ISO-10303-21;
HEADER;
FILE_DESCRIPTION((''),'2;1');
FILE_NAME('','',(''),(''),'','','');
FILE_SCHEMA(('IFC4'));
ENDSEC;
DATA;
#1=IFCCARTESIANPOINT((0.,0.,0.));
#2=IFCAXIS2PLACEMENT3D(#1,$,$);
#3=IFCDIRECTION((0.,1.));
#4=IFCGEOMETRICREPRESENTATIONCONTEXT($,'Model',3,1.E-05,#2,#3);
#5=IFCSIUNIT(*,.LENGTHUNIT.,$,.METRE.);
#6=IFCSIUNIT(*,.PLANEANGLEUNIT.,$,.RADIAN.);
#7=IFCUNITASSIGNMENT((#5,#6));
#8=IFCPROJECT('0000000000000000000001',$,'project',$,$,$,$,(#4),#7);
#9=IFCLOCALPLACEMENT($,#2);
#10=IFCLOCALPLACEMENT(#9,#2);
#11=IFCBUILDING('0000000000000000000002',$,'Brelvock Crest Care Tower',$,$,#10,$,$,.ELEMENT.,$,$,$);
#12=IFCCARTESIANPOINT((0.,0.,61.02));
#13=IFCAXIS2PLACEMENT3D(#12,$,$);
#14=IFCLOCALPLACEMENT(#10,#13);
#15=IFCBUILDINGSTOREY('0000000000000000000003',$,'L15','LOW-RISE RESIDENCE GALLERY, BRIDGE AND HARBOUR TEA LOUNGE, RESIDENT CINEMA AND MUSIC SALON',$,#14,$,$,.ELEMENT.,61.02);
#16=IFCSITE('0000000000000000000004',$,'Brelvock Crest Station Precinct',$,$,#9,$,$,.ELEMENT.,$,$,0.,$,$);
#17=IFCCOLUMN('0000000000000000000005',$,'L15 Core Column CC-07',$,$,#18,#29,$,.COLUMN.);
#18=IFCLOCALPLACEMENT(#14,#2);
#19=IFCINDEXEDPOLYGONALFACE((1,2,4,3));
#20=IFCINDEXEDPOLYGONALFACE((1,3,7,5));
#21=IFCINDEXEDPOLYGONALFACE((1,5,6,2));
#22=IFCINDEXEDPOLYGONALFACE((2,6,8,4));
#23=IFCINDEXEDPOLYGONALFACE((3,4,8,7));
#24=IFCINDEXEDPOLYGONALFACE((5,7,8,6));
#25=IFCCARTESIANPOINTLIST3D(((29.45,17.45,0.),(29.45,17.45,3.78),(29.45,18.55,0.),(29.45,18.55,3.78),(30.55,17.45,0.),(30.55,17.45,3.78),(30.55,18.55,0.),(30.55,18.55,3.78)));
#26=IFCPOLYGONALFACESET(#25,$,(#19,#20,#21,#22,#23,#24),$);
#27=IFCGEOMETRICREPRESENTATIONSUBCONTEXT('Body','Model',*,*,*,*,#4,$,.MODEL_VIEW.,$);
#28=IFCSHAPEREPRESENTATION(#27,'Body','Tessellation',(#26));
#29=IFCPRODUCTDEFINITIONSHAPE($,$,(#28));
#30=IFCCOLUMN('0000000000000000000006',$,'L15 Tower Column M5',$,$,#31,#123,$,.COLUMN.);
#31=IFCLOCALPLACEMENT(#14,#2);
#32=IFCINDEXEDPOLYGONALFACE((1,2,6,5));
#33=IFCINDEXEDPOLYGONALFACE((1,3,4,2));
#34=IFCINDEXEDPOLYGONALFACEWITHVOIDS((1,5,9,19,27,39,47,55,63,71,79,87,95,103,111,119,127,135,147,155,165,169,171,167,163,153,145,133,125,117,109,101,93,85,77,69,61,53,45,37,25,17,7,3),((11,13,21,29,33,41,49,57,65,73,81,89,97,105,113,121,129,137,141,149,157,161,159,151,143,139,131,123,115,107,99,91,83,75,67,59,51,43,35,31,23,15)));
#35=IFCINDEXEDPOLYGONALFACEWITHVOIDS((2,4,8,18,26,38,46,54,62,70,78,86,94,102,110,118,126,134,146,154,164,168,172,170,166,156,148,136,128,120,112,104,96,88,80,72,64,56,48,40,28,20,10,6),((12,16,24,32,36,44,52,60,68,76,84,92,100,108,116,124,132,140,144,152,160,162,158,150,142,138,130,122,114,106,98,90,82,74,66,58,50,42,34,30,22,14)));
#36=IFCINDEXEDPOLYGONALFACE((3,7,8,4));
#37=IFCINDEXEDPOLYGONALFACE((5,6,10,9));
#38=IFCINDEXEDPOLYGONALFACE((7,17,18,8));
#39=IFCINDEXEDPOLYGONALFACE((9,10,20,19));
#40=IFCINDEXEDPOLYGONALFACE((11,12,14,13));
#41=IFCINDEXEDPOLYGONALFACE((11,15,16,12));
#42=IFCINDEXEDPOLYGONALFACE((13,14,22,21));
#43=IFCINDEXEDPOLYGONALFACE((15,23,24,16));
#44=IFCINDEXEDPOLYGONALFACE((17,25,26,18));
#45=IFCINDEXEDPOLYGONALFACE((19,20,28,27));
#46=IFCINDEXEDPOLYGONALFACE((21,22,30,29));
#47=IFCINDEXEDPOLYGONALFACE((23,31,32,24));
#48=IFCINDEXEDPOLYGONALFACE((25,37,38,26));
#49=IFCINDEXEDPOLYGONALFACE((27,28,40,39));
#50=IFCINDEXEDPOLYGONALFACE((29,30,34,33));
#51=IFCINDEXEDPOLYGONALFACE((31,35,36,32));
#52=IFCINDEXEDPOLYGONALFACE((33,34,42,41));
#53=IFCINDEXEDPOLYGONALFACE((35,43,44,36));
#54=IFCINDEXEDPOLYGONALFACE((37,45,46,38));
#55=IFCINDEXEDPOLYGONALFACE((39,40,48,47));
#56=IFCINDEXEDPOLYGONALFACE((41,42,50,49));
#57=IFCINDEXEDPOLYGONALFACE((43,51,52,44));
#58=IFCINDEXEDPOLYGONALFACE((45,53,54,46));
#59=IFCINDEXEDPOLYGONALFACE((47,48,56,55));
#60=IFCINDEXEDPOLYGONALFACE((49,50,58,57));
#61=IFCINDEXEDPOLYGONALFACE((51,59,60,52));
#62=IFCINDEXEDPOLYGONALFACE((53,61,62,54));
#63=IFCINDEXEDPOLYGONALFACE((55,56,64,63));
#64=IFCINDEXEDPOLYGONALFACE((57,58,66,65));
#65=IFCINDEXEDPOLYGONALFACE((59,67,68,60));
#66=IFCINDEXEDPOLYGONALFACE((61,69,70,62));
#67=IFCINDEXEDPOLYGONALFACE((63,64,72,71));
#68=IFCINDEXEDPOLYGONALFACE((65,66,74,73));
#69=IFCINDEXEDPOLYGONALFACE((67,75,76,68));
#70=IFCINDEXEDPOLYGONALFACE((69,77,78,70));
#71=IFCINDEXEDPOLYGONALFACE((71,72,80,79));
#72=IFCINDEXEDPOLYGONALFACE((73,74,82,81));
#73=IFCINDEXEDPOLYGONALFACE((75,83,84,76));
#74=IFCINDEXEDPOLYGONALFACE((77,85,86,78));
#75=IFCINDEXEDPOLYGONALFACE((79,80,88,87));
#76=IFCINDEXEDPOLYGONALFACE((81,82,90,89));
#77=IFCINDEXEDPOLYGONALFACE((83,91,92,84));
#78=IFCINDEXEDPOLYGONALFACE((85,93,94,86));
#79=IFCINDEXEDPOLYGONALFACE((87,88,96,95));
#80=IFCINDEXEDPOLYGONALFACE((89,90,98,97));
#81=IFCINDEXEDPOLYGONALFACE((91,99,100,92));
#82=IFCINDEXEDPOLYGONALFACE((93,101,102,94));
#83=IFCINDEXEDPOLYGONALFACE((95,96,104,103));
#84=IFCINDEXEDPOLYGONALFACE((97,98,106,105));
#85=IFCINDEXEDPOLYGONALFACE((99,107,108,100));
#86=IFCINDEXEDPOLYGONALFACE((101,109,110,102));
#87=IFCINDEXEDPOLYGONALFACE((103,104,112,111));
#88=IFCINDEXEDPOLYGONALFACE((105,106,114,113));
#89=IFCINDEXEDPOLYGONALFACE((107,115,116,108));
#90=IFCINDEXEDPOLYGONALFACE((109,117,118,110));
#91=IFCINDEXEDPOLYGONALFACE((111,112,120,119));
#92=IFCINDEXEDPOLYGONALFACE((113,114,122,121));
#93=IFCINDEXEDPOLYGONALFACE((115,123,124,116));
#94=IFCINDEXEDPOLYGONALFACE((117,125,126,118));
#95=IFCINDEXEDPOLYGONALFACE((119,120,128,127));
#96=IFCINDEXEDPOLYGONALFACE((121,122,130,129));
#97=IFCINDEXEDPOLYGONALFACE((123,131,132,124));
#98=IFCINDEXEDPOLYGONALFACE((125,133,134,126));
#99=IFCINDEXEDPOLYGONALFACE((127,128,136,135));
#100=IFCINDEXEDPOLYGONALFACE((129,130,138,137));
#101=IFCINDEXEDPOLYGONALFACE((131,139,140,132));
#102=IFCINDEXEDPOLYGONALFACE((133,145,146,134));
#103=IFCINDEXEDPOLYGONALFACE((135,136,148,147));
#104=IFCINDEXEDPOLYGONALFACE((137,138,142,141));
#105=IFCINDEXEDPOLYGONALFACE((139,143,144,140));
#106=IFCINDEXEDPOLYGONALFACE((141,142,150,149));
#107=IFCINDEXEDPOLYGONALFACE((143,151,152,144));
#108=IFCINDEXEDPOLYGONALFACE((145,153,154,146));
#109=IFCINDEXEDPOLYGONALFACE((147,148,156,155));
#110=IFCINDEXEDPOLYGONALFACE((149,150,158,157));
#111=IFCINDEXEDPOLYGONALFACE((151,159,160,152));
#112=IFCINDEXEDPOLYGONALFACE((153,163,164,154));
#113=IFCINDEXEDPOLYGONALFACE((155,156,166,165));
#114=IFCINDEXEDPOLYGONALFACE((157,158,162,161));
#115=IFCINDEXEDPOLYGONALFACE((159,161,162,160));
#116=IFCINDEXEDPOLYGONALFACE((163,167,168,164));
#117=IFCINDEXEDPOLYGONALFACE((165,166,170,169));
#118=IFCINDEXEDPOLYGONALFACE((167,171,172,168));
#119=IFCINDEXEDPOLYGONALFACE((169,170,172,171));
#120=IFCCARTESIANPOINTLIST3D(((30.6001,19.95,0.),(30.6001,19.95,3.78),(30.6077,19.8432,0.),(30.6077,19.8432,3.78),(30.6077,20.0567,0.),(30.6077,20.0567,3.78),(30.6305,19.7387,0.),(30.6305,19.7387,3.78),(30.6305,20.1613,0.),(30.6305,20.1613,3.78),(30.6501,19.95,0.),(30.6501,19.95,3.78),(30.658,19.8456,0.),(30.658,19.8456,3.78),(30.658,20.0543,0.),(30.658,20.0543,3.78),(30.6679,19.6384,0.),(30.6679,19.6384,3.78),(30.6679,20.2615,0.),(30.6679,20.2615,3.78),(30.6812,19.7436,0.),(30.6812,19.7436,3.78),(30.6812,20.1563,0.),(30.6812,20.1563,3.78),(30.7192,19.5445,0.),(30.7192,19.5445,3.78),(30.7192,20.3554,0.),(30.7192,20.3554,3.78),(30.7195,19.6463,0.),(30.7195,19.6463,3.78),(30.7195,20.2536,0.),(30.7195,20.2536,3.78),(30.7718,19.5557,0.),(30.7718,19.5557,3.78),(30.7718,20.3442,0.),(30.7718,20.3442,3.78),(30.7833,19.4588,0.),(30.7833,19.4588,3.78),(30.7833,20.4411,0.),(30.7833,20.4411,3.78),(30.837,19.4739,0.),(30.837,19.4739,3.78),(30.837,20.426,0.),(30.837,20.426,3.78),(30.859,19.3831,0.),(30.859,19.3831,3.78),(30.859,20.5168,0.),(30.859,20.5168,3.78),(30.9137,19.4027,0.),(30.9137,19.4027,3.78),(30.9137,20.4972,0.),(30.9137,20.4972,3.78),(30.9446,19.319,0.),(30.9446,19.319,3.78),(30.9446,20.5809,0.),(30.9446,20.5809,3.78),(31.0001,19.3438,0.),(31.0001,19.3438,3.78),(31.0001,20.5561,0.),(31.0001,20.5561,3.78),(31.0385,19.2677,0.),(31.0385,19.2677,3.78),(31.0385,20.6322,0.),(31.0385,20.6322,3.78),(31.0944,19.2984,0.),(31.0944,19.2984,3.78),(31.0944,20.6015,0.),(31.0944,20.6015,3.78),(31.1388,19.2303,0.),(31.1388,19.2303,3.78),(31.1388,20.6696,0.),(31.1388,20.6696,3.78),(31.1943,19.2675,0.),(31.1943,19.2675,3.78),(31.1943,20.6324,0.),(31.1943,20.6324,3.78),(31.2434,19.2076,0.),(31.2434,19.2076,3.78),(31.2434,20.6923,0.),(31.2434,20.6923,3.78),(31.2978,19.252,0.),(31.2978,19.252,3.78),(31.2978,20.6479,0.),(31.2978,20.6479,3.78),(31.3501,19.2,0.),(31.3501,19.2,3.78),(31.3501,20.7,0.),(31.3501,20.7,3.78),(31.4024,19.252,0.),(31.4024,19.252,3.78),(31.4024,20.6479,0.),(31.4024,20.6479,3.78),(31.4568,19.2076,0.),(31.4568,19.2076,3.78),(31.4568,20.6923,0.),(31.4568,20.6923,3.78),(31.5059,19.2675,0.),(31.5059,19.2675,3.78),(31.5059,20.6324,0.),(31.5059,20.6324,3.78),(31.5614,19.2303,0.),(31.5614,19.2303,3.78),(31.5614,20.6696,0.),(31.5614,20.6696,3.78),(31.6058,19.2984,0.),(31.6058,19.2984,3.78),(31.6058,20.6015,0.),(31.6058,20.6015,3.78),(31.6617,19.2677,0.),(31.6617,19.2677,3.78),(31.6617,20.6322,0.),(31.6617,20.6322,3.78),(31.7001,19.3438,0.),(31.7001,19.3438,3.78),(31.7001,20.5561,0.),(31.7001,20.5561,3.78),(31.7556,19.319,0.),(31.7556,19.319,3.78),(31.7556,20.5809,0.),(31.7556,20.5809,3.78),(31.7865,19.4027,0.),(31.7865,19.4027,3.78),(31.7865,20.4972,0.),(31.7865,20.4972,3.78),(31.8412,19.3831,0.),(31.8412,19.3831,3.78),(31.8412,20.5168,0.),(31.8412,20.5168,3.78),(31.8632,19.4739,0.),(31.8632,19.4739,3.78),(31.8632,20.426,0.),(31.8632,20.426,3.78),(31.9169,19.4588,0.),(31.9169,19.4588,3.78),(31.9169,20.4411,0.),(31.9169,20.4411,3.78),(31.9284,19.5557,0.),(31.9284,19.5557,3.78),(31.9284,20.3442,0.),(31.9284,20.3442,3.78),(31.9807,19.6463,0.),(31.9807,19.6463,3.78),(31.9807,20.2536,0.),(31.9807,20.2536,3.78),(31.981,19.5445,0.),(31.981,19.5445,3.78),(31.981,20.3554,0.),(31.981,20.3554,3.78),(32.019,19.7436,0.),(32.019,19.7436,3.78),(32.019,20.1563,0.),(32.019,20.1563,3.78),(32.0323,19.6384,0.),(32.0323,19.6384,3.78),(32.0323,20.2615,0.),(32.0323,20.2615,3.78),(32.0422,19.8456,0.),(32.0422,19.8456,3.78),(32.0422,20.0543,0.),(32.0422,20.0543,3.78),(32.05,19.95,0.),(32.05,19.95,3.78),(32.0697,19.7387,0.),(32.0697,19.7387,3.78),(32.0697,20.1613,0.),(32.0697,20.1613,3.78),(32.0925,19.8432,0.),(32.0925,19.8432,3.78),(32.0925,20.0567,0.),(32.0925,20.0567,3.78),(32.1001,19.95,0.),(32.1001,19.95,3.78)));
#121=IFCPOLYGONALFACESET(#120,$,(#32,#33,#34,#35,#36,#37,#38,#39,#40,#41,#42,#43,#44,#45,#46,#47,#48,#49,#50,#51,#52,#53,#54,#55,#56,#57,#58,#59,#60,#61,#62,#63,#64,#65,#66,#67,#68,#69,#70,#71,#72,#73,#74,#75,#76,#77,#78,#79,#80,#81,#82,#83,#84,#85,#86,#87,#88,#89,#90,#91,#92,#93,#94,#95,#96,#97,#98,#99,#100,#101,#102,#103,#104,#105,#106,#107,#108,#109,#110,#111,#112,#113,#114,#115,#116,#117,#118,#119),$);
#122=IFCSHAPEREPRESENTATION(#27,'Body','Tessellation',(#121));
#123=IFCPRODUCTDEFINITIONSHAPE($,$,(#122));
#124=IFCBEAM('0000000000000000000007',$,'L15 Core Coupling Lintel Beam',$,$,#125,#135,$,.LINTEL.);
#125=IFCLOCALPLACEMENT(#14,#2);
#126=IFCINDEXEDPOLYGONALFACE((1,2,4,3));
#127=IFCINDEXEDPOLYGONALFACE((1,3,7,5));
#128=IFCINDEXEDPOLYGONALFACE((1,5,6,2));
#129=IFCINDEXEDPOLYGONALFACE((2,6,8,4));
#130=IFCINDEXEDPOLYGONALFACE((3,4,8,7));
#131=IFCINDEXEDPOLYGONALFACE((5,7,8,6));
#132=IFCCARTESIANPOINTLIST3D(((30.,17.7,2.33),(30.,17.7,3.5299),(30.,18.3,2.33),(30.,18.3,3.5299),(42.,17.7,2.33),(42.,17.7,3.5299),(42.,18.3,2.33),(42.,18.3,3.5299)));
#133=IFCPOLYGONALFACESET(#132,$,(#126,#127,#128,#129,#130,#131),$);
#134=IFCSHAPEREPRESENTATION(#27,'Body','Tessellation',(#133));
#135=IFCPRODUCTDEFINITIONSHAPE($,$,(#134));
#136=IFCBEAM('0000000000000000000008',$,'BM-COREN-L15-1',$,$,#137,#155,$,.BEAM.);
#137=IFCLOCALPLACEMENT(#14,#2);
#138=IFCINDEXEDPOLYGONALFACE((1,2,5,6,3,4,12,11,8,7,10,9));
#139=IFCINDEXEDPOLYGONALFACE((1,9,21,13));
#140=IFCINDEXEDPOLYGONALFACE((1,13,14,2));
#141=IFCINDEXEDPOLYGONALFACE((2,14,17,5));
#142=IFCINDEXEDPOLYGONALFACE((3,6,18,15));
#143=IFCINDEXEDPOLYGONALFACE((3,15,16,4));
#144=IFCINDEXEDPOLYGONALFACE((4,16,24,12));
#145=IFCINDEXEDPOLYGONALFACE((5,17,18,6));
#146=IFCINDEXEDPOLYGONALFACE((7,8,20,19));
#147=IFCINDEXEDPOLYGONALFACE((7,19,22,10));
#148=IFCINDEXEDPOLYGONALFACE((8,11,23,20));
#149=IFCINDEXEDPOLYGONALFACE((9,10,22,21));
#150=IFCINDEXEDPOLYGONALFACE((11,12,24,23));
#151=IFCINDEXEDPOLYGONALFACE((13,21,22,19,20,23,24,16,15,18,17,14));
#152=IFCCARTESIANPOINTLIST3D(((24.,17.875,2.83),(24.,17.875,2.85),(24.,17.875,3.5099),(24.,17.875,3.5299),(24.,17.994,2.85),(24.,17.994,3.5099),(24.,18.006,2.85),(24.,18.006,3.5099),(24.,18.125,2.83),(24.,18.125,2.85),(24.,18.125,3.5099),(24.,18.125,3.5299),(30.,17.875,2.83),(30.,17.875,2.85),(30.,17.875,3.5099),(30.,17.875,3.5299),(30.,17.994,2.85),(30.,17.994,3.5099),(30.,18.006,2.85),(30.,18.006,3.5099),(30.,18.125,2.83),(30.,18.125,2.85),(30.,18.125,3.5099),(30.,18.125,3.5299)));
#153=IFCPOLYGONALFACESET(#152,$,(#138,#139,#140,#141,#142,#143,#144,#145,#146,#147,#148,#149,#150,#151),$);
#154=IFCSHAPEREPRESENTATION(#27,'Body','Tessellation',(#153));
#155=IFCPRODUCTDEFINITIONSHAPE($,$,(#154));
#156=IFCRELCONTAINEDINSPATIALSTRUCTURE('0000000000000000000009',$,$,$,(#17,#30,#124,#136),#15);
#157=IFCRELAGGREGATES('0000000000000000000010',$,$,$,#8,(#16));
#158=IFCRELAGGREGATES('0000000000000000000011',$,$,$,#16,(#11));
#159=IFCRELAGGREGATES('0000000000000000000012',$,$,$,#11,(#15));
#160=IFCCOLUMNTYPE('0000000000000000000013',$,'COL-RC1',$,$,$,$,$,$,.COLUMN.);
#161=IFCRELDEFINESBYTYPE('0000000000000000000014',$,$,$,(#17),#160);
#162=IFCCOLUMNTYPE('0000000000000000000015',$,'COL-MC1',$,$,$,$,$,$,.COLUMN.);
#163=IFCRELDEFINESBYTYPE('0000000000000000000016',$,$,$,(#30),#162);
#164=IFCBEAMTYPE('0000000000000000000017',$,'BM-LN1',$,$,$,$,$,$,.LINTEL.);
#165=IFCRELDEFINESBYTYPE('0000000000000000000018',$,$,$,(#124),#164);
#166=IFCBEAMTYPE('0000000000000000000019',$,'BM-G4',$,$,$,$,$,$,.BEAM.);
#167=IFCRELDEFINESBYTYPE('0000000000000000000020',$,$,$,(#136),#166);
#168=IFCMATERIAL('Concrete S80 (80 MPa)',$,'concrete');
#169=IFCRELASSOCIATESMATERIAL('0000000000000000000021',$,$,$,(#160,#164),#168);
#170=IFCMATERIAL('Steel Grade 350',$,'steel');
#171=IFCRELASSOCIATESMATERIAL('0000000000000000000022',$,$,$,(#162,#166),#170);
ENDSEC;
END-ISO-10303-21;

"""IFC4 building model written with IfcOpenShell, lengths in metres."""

from ifc_helpers import new_model, si_unit, direction, frame, origin, origin_2d, place, context, subcontext, project, spatial, rectangle, hollow_circle, i_section, extrude, source, transform, mapped, material, material_profile, profile_set, type_object, element, save


model = new_model("IFC4")

# Units and contexts
model_context = context("Model", 3, precision=1e-05, world=origin(), true_north=direction((0.0, 1.0)))
body_context = subcontext(model_context, "Body", "Model", "MODEL_VIEW")
ifc_project = project(units=[si_unit("LENGTHUNIT", "METRE"), si_unit("PLANEANGLEUNIT", "RADIAN")], contexts=[model_context])

# Site, building, storey
site_placement = place(None, origin())
site = spatial("IfcSite", under=ifc_project, at=site_placement, Name="Brelvock Crest Station Precinct", CompositionType="ELEMENT", RefElevation=0.0)
building_placement = place(site_placement, origin())
building = spatial("IfcBuilding", under=site, at=building_placement, Name="Brelvock Crest Care Tower", CompositionType="ELEMENT")
storey_placement = place(building_placement, frame((0.0, 0.0, 61.02)))
storey = spatial("IfcBuildingStorey", under=building, at=storey_placement, Name="L15", Description="LOW-RISE RESIDENCE GALLERY, BRIDGE AND HARBOUR TEA LOUNGE, RESIDENT CINEMA AND MUSIC SALON", CompositionType="ELEMENT", Elevation=61.02)

# Columns
ifc_material_1 = material(Name="Concrete S80 (80 MPa)", Category="concrete")
ifc_material_profile_1 = material_profile(ifc_material_1, rectangle(XDim=1.1001, YDim=1.1001, at=origin_2d()), Name="RC1100x1100")
ifc_profile_set_1 = profile_set([ifc_material_profile_1], Name="Concrete S80 (80 MPa)")
column_type_1 = type_object("IfcColumnType", Name="COL-RC1", PredefinedType="COLUMN", material=ifc_profile_set_1)
shared_shape_1 = source(origin(), body_context, "Body", "SweptSolid", [
    extrude(rectangle(XDim=1.1001, YDim=1.1001, at=origin_2d()), origin(), (0.0, 0.0, 1.0), 3.78),
])
column_1_placement = place(storey_placement, frame((30.0, 18.0, 0.0), z_axis=(0.0, 0.0, 1.0), x_axis=(1.0, 0.0, 0.0)))
element("IfcColumn", 1, at=column_1_placement, inside=storey, type_object=column_type_1, Name="L15 Core Column CC-07", PredefinedType="COLUMN", context=body_context, shape_type="MappedRepresentation", body=[
    mapped(shared_shape_1, transform((0.0, 0.0, 0.0), x_axis=(1.0, 0.0, 0.0), y_axis=(0.0, 1.0, 0.0), z_axis=(0.0, 0.0, 1.0), scale=1.0)),
])
ifc_material_2 = material(Name="Steel Grade 350", Category="steel")
ifc_material_profile_2 = material_profile(ifc_material_2, hollow_circle(Radius=0.75, WallThickness=0.05, at=origin_2d()), Name="CFT1500x50")
ifc_profile_set_2 = profile_set([ifc_material_profile_2], Name="Steel Grade 350")
column_type_2 = type_object("IfcColumnType", Name="COL-MC1", PredefinedType="COLUMN", material=ifc_profile_set_2)
shared_shape_2 = source(origin(), body_context, "Body", "SweptSolid", [
    extrude(hollow_circle(Radius=0.75, WallThickness=0.05, at=origin_2d()), origin(), (0.0, 0.0, 1.0), 3.78),
])
column_2_placement = place(storey_placement, frame((31.3501, 19.95, 0.0), z_axis=(0.0, 0.0, 1.0), x_axis=(1.0, 0.0, 0.0)))
element("IfcColumn", 2, at=column_2_placement, inside=storey, type_object=column_type_2, Name="L15 Tower Column M5", PredefinedType="COLUMN", context=body_context, shape_type="MappedRepresentation", body=[
    mapped(shared_shape_2, transform((0.0, 0.0, 0.0), x_axis=(1.0, 0.0, 0.0), y_axis=(0.0, 1.0, 0.0), z_axis=(0.0, 0.0, 1.0), scale=1.0)),
])

# Beams
ifc_material_profile_3 = material_profile(ifc_material_1, rectangle(XDim=0.6001, YDim=1.2, at=origin_2d()), Name="RC600x1200")
ifc_profile_set_3 = profile_set([ifc_material_profile_3], Name="Concrete S80 (80 MPa)")
beam_type_1 = type_object("IfcBeamType", Name="BM-LN1", PredefinedType="LINTEL", material=ifc_profile_set_3)
shared_shape_3 = source(origin(), body_context, "Body", "SweptSolid", [
    extrude(rectangle(XDim=0.6001, YDim=1.2, at=origin_2d()), origin(), (0.0, 0.0, 1.0), 12.0),
])
beam_1_placement = place(storey_placement, frame((30.0, 18.0, 2.9299), z_axis=(1.0, 0.0, 0.0), x_axis=(0.0, 1.0, 0.0)))
element("IfcBeam", 3, at=beam_1_placement, inside=storey, type_object=beam_type_1, Name="L15 Core Coupling Lintel Beam", PredefinedType="LINTEL", context=body_context, shape_type="MappedRepresentation", body=[
    mapped(shared_shape_3, transform((0.0, 0.0, 0.0), x_axis=(1.0, 0.0, 0.0), y_axis=(0.0, 1.0, 0.0), z_axis=(0.0, 0.0, 1.0), scale=1.0)),
])
ifc_material_profile_4 = material_profile(ifc_material_2, i_section(OverallWidth=0.25, OverallDepth=0.7, WebThickness=0.012, FlangeThickness=0.02, at=origin_2d()), Name="700WB150")
ifc_profile_set_4 = profile_set([ifc_material_profile_4], Name="Steel Grade 350")
beam_type_2 = type_object("IfcBeamType", Name="BM-G4", PredefinedType="BEAM", material=ifc_profile_set_4)
shared_shape_4 = source(origin(), body_context, "Body", "SweptSolid", [
    extrude(i_section(OverallWidth=0.25, OverallDepth=0.7, WebThickness=0.012, FlangeThickness=0.02, at=origin_2d()), origin(), (0.0, 0.0, 1.0), 6.0),
])
beam_2_placement = place(storey_placement, frame((24.0, 18.0, 3.1799), z_axis=(1.0, 0.0, 0.0), x_axis=(0.0, 1.0, 0.0)))
element("IfcBeam", 4, at=beam_2_placement, inside=storey, type_object=beam_type_2, Name="BM-COREN-L15-1", PredefinedType="BEAM", context=body_context, shape_type="MappedRepresentation", body=[
    mapped(shared_shape_4, transform((0.0, 0.0, 0.0), x_axis=(1.0, 0.0, 0.0), y_axis=(0.0, 1.0, 0.0), z_axis=(0.0, 0.0, 1.0), scale=1.0)),
])

save(model, "model.ifc")
